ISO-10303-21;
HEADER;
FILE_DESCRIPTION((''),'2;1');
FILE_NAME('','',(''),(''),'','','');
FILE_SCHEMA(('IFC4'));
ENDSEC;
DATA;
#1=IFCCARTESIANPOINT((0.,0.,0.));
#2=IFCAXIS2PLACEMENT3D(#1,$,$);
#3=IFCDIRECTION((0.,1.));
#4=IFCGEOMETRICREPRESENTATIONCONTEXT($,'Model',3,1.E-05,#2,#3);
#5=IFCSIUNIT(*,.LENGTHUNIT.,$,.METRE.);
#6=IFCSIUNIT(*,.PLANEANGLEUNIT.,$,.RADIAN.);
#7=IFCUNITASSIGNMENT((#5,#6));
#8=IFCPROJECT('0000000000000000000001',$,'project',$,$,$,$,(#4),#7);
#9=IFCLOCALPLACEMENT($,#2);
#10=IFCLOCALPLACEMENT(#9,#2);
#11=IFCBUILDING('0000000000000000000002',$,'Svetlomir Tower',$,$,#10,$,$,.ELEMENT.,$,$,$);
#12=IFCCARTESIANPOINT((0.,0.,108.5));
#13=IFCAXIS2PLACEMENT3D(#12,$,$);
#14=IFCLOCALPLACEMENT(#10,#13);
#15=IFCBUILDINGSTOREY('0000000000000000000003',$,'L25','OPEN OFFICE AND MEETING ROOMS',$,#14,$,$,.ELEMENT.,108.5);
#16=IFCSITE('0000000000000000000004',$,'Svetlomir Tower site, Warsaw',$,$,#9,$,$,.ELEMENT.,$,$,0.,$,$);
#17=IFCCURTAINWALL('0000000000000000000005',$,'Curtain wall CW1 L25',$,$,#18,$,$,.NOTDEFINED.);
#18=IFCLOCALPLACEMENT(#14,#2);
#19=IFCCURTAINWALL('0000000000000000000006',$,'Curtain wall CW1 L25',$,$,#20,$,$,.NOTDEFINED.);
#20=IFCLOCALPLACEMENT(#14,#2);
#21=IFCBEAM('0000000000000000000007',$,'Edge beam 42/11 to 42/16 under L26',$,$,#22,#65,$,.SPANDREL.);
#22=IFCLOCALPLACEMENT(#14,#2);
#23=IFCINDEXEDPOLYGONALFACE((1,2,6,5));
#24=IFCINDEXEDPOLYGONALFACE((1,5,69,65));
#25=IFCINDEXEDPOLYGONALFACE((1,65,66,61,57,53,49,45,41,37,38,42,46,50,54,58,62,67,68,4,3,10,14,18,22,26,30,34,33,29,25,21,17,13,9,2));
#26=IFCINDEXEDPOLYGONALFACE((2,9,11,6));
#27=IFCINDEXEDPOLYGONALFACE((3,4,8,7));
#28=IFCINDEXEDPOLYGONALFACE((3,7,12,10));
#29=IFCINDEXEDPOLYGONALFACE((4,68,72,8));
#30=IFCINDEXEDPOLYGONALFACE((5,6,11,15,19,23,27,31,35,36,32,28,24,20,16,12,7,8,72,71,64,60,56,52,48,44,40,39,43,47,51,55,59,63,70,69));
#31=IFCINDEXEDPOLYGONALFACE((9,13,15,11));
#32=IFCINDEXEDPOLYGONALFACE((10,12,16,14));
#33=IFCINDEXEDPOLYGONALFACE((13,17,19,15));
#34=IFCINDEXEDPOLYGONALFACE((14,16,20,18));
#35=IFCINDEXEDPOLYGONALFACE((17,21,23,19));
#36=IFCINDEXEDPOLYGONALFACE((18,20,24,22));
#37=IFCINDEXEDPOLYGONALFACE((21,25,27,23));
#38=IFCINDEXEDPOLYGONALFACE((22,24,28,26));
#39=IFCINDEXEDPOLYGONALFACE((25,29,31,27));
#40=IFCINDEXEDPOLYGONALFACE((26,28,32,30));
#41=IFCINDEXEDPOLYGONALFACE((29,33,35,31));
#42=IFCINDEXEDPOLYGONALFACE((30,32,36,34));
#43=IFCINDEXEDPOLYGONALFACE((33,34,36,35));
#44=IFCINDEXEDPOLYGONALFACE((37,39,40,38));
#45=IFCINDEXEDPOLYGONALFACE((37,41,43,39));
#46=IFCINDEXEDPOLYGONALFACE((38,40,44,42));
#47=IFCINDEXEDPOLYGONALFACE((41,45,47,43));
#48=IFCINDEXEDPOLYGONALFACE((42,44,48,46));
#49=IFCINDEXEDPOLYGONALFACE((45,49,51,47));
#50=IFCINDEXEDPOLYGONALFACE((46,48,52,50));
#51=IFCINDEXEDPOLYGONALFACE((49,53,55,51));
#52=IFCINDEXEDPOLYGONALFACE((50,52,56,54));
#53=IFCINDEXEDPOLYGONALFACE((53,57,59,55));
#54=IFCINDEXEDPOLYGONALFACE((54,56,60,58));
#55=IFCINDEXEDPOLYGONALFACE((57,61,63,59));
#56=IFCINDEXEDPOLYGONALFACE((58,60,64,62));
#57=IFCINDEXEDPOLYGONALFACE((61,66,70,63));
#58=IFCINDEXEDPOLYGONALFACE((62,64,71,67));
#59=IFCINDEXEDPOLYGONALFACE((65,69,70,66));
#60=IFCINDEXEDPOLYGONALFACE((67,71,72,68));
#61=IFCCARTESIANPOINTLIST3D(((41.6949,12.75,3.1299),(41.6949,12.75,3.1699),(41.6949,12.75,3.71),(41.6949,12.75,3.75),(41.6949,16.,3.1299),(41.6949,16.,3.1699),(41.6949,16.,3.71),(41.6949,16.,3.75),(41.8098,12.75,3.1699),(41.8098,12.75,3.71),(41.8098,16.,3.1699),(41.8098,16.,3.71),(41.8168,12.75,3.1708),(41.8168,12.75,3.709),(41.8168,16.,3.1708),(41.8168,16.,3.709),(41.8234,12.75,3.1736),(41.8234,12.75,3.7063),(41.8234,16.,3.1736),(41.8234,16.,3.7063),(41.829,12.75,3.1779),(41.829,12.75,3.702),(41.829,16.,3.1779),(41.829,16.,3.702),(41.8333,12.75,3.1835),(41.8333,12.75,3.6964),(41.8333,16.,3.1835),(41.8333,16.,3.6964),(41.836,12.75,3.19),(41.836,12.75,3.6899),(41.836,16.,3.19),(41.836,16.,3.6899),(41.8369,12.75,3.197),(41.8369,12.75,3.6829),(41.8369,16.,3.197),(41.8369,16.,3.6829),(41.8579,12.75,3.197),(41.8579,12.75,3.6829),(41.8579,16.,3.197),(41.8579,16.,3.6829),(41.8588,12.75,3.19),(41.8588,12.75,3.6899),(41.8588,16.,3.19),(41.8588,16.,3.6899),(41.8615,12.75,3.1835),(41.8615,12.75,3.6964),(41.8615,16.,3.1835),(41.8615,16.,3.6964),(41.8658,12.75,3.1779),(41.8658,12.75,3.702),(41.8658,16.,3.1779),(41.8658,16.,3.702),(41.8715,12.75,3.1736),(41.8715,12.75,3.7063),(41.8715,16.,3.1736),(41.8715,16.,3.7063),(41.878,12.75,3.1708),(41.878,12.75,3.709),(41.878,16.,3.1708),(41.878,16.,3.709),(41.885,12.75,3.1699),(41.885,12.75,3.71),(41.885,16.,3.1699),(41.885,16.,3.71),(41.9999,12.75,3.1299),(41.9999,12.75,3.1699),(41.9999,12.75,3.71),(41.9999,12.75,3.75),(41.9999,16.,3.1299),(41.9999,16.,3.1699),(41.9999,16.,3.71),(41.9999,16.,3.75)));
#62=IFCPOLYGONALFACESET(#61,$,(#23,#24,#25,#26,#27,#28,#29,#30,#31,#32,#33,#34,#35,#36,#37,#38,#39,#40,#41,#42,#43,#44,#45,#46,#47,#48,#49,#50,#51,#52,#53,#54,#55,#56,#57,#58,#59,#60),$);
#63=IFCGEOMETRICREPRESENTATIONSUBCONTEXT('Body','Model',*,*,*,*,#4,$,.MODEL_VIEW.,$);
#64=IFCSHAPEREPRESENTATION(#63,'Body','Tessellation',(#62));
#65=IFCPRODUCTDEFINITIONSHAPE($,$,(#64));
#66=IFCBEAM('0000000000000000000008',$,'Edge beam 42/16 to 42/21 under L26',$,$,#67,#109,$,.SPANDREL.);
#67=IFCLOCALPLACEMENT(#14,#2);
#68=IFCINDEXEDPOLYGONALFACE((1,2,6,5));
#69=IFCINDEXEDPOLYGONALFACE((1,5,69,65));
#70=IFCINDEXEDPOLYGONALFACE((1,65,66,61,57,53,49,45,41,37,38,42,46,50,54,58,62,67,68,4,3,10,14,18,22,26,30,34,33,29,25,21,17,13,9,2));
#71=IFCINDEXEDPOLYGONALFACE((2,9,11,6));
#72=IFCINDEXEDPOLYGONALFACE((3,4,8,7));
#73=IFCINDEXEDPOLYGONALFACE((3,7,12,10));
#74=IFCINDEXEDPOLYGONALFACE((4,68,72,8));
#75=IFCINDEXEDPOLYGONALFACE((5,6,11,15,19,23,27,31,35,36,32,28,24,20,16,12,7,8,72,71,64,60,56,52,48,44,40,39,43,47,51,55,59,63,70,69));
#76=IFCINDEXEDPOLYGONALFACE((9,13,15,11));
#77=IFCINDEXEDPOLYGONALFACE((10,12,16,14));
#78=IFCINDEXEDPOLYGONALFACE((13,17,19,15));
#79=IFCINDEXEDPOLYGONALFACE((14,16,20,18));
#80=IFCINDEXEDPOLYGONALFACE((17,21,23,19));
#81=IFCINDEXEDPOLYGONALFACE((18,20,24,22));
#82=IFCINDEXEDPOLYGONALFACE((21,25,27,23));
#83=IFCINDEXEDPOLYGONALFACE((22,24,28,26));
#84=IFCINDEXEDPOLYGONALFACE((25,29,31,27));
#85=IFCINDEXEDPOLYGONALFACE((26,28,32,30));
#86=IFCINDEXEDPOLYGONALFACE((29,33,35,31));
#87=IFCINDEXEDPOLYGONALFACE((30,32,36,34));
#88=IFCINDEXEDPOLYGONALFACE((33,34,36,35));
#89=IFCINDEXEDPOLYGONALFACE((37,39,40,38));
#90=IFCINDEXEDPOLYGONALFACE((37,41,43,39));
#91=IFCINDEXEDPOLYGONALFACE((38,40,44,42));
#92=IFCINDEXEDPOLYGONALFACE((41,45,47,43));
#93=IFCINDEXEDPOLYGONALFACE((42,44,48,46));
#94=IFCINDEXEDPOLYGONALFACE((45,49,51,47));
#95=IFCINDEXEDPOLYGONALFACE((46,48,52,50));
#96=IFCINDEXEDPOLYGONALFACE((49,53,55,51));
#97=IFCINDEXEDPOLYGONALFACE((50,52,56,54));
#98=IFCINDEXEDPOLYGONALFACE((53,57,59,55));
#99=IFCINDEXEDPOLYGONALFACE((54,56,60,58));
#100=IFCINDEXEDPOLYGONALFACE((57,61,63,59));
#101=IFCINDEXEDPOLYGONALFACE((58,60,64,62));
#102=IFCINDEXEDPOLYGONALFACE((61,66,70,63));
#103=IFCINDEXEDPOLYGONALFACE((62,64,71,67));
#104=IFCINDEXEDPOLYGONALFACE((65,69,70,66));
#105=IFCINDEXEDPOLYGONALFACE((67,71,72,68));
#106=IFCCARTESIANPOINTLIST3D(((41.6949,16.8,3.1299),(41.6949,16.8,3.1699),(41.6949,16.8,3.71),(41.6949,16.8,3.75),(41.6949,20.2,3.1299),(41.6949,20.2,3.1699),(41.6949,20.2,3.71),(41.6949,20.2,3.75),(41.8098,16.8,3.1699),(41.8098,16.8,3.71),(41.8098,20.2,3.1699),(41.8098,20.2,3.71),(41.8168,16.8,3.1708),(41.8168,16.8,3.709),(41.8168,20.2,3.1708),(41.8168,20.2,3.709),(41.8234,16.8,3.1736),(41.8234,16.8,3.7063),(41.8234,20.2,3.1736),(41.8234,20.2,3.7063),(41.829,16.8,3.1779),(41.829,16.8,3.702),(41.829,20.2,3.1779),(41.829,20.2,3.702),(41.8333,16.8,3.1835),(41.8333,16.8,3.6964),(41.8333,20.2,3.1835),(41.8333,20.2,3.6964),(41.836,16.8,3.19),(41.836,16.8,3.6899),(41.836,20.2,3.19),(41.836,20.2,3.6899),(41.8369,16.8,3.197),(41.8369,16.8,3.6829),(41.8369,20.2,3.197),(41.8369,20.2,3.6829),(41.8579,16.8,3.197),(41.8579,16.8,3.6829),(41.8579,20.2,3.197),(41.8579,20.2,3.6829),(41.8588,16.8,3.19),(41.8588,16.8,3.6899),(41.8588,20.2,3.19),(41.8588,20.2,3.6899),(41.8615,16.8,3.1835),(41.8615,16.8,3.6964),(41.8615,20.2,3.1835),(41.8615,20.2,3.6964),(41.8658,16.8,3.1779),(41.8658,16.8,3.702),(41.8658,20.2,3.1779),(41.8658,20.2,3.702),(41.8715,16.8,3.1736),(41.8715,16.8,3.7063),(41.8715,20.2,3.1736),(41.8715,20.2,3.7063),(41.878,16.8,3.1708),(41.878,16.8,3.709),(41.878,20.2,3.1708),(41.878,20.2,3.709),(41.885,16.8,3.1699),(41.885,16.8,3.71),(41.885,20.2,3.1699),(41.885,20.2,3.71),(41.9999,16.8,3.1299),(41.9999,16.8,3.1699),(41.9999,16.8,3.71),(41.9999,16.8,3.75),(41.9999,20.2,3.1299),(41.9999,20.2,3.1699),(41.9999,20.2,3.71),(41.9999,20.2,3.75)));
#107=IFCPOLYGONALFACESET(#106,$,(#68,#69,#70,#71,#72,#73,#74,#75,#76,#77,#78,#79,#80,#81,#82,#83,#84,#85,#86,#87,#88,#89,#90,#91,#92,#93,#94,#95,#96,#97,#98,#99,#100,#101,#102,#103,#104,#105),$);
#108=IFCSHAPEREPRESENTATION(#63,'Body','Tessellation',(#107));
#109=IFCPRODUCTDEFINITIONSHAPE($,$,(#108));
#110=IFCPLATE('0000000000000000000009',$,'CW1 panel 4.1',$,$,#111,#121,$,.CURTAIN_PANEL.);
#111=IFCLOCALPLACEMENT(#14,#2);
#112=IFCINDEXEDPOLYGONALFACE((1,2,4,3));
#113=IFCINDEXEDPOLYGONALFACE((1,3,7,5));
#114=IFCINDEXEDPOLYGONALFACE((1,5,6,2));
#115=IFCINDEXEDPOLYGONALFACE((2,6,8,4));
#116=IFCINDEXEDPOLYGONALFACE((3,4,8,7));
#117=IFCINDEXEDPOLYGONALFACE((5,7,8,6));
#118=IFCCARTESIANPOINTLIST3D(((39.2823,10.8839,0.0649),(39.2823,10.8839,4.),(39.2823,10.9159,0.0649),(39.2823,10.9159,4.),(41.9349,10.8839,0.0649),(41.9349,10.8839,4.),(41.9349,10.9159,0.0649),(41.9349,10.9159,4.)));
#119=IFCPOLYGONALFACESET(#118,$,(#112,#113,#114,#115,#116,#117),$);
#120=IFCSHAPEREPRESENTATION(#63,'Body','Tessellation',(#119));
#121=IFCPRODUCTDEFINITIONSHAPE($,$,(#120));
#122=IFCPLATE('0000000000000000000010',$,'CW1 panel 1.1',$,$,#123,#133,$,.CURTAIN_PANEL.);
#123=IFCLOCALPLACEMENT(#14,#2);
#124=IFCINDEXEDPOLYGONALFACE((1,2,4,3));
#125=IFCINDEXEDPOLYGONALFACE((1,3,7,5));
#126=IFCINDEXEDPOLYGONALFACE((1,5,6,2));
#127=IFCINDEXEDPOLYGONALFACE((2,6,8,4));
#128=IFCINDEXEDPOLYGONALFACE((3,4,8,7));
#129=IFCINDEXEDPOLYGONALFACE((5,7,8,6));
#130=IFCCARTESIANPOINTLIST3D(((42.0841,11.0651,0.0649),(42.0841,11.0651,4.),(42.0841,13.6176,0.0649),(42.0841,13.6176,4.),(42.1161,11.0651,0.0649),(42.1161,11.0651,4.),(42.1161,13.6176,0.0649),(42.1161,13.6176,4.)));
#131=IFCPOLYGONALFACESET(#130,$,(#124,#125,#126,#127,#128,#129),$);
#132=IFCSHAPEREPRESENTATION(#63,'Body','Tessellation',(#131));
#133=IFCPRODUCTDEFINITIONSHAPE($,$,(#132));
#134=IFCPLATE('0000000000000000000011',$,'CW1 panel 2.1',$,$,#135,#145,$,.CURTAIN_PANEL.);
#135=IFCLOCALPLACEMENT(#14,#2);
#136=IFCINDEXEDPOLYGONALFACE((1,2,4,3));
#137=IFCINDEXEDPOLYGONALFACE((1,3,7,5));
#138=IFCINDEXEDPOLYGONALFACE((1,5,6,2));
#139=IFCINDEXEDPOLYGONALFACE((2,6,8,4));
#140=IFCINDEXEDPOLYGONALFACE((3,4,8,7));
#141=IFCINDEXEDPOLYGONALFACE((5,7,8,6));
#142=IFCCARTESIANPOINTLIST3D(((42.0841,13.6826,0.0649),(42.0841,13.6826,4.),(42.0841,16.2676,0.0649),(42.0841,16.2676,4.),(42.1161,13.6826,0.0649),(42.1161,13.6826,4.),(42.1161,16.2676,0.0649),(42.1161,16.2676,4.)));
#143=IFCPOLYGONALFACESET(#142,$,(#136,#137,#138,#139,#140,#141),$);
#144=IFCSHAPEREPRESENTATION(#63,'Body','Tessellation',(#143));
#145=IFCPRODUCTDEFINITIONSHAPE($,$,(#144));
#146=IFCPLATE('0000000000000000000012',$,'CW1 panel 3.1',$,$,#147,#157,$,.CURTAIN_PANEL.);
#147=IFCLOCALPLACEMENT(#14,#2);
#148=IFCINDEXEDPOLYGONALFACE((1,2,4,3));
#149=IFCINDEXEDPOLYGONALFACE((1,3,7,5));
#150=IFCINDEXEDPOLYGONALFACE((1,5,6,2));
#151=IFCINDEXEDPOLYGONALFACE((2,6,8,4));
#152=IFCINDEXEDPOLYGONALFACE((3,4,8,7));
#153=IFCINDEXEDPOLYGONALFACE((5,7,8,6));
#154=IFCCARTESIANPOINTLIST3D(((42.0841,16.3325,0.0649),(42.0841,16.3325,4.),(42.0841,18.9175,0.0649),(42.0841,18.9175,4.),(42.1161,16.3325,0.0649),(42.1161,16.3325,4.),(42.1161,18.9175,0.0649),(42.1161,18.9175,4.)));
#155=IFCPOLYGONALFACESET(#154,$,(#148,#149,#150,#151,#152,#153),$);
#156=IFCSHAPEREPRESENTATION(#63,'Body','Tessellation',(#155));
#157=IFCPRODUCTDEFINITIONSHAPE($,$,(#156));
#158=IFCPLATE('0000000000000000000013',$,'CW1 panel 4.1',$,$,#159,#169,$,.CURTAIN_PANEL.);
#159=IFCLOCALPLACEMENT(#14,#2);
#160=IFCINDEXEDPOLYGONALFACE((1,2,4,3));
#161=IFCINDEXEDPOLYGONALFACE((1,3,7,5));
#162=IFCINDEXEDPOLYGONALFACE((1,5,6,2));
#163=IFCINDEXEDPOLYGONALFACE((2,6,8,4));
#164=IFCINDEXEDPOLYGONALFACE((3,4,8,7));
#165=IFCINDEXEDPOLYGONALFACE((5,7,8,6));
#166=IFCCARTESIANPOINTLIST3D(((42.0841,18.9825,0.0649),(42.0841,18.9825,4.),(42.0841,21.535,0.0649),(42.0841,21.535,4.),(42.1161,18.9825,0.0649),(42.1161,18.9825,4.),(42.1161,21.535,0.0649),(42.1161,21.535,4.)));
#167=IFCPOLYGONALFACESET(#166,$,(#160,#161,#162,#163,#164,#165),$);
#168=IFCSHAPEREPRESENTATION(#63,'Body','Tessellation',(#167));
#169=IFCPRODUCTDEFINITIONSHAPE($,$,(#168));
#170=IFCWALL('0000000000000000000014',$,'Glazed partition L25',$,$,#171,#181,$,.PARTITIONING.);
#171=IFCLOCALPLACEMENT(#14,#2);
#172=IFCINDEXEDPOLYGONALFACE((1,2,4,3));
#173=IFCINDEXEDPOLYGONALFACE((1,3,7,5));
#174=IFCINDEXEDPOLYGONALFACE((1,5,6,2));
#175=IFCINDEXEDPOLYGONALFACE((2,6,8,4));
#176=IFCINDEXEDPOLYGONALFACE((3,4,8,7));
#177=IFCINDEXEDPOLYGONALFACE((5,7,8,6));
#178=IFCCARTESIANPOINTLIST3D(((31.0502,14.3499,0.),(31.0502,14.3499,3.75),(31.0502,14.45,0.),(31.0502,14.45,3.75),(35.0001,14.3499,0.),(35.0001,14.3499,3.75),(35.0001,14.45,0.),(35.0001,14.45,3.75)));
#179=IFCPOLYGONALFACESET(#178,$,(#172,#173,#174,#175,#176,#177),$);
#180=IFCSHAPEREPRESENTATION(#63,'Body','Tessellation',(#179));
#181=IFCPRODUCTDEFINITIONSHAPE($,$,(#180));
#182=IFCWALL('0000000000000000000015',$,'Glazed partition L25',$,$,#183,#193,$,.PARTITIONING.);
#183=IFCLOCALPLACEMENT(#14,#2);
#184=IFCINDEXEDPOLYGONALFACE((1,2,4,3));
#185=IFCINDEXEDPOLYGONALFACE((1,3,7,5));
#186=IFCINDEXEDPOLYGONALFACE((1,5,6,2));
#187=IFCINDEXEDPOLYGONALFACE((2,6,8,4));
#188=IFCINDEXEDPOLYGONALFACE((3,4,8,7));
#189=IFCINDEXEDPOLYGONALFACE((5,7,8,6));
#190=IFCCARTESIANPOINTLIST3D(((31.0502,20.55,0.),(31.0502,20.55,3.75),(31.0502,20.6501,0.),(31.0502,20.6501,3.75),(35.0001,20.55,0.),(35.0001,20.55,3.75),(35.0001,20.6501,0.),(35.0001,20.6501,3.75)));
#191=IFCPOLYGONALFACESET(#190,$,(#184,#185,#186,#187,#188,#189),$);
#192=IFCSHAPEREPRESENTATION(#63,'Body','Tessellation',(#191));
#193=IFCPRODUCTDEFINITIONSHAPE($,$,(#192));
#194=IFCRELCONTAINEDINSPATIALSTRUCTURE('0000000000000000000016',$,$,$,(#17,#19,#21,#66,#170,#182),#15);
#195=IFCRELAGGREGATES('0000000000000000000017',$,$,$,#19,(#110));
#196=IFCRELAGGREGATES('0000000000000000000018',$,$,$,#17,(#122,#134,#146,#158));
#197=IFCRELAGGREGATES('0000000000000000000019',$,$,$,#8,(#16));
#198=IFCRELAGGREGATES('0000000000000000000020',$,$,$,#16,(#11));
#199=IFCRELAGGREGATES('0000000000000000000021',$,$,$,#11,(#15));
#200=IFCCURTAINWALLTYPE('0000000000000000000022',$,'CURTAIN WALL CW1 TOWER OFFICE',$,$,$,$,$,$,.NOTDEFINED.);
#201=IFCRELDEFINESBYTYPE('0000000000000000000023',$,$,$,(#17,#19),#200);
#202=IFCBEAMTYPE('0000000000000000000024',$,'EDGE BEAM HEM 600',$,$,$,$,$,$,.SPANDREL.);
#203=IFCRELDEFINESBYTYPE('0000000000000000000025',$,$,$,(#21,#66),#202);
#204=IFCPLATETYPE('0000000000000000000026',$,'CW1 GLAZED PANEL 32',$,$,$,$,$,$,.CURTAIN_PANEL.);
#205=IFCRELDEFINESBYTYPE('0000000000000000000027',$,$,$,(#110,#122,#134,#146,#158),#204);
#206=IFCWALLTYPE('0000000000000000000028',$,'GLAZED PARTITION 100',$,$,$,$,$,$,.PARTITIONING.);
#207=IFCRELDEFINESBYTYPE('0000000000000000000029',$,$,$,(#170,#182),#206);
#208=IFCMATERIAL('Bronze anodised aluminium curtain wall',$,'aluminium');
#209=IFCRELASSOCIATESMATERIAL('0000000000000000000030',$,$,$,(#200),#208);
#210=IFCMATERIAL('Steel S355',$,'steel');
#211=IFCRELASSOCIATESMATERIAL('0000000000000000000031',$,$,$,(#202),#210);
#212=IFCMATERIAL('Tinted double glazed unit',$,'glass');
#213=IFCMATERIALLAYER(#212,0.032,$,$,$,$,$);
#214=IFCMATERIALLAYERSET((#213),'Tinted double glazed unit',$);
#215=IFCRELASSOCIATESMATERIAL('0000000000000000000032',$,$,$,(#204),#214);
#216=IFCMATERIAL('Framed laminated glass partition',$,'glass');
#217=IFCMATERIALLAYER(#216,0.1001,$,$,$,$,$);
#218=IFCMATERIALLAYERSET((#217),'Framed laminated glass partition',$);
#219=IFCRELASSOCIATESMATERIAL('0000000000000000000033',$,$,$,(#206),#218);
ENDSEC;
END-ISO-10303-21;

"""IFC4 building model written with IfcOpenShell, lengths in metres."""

from ifc_helpers import new_model, si_unit, direction, frame, frame_2d, origin, origin_2d, place, context, subcontext, project, spatial, rectangle, i_section, extrude, material, layer, layer_set, material_profile, profile_set, type_object, element, aggregate, save


model = new_model("IFC4")

# Units and contexts
model_context = context("Model", 3, precision=1e-05, world=origin(), true_north=direction((0.0, 1.0)))
body_context = subcontext(model_context, "Body", "Model", "MODEL_VIEW")
ifc_project = project(units=[si_unit("LENGTHUNIT", "METRE"), si_unit("PLANEANGLEUNIT", "RADIAN")], contexts=[model_context])

# Site, building, storey
site_placement = place(None, origin())
site = spatial("IfcSite", under=ifc_project, at=site_placement, Name="Svetlomir Tower site, Warsaw", CompositionType="ELEMENT", RefElevation=0.0)
building_placement = place(site_placement, origin())
building = spatial("IfcBuilding", under=site, at=building_placement, Name="Svetlomir Tower", CompositionType="ELEMENT")
storey_placement = place(building_placement, frame((0.0, 0.0, 108.5)))
storey = spatial("IfcBuildingStorey", under=building, at=storey_placement, Name="L25", Description="OPEN OFFICE AND MEETING ROOMS", CompositionType="ELEMENT", Elevation=108.5)

# Curtain wall
ifc_material_1 = material(Name="Bronze anodised aluminium curtain wall", Category="aluminium")
curtain_wall_type = type_object("IfcCurtainWallType", Name="CURTAIN WALL CW1 TOWER OFFICE", PredefinedType="NOTDEFINED", material=ifc_material_1)
curtain_wall_1_placement = place(storey_placement, origin())
curtain_wall_1 = element("IfcCurtainWall", 1, at=curtain_wall_1_placement, inside=storey, type_object=curtain_wall_type, Name="Curtain wall CW1 L25", PredefinedType="NOTDEFINED")

# Curtain wall
curtain_wall_2_placement = place(storey_placement, origin())
curtain_wall_2 = element("IfcCurtainWall", 2, at=curtain_wall_2_placement, inside=storey, type_object=curtain_wall_type, Name="Curtain wall CW1 L25", PredefinedType="NOTDEFINED")

# Beams
ifc_material_2 = material(Name="Steel S355", Category="steel")
ifc_material_profile_1 = material_profile(ifc_material_2, i_section(OverallWidth=0.3049, OverallDepth=0.6201, WebThickness=0.021, FlangeThickness=0.04, FilletRadius=0.0271, at=origin_2d()), Name="HEM 600")
ifc_profile_set_1 = profile_set([ifc_material_profile_1], Name="Steel S355")
beam_type = type_object("IfcBeamType", Name="EDGE BEAM HEM 600", PredefinedType="SPANDREL", material=ifc_profile_set_1)
beam_1_placement = place(storey_placement, frame((41.8474, 12.75, 3.4399), z_axis=(0.0, 1.0, 0.0), x_axis=(-1.0, 0.0, 0.0)))
element("IfcBeam", 3, at=beam_1_placement, inside=storey, type_object=beam_type, Name="Edge beam 42/11 to 42/16 under L26", PredefinedType="SPANDREL", context=body_context, shape_type="SweptSolid", body=[
    extrude(i_section(OverallWidth=0.3049, OverallDepth=0.6201, WebThickness=0.021, FlangeThickness=0.04, FilletRadius=0.0271, at=origin_2d()), origin(), (0.0, 0.0, 1.0), 3.25),
])
beam_2_placement = place(storey_placement, frame((41.8474, 16.8, 3.4399), z_axis=(0.0, 1.0, 0.0), x_axis=(-1.0, 0.0, 0.0)))
element("IfcBeam", 4, at=beam_2_placement, inside=storey, type_object=beam_type, Name="Edge beam 42/16 to 42/21 under L26", PredefinedType="SPANDREL", context=body_context, shape_type="SweptSolid", body=[
    extrude(i_section(OverallWidth=0.3049, OverallDepth=0.6201, WebThickness=0.021, FlangeThickness=0.04, FilletRadius=0.0271, at=origin_2d()), origin(), (0.0, 0.0, 1.0), 3.3999),
])

# Plates
ifc_material_3 = material(Name="Tinted double glazed unit", Category="glass")
ifc_layer_1 = layer(ifc_material_3, 0.032)
ifc_layer_set_1 = layer_set([ifc_layer_1], Name="Tinted double glazed unit")
plate_type = type_object("IfcPlateType", Name="CW1 GLAZED PANEL 32", PredefinedType="CURTAIN_PANEL", material=ifc_layer_set_1)
plate_1_placement = place(storey_placement, frame((40.6086, 10.8999, 0.0649), z_axis=(0.0, 0.0, 1.0), x_axis=(1.0, 0.0, 0.0)))
plate_1 = element("IfcPlate", 5, at=plate_1_placement, type_object=plate_type, Name="CW1 panel 4.1", PredefinedType="CURTAIN_PANEL", context=body_context, shape_type="SweptSolid", body=[
    extrude(rectangle(XDim=2.6526, YDim=0.032, at=origin_2d()), origin(), (0.0, 0.0, 1.0), 3.9351),
])
aggregate(curtain_wall_2, [plate_1])
plate_2_placement = place(storey_placement, frame((42.1001, 12.3413, 0.0649), z_axis=(0.0, 0.0, 1.0), x_axis=(0.0, 1.0, 0.0)))
plate_2 = element("IfcPlate", 6, at=plate_2_placement, type_object=plate_type, Name="CW1 panel 1.1", PredefinedType="CURTAIN_PANEL", context=body_context, shape_type="SweptSolid", body=[
    extrude(rectangle(XDim=2.5525, YDim=0.032, at=origin_2d()), origin(), (0.0, 0.0, 1.0), 3.9351),
])
plate_3_placement = place(storey_placement, frame((42.1001, 14.9751, 0.0649), z_axis=(0.0, 0.0, 1.0), x_axis=(0.0, 1.0, 0.0)))
plate_3 = element("IfcPlate", 7, at=plate_3_placement, type_object=plate_type, Name="CW1 panel 2.1", PredefinedType="CURTAIN_PANEL", context=body_context, shape_type="SweptSolid", body=[
    extrude(rectangle(XDim=2.585, YDim=0.032, at=origin_2d()), origin(), (0.0, 0.0, 1.0), 3.9351),
])
plate_4_placement = place(storey_placement, frame((42.1001, 17.625, 0.0649), z_axis=(0.0, 0.0, 1.0), x_axis=(0.0, 1.0, 0.0)))
plate_4 = element("IfcPlate", 8, at=plate_4_placement, type_object=plate_type, Name="CW1 panel 3.1", PredefinedType="CURTAIN_PANEL", context=body_context, shape_type="SweptSolid", body=[
    extrude(rectangle(XDim=2.585, YDim=0.032, at=origin_2d()), origin(), (0.0, 0.0, 1.0), 3.9351),
])
plate_5_placement = place(storey_placement, frame((42.1001, 20.2588, 0.0649), z_axis=(0.0, 0.0, 1.0), x_axis=(0.0, 1.0, 0.0)))
plate_5 = element("IfcPlate", 9, at=plate_5_placement, type_object=plate_type, Name="CW1 panel 4.1", PredefinedType="CURTAIN_PANEL", context=body_context, shape_type="SweptSolid", body=[
    extrude(rectangle(XDim=2.5525, YDim=0.032, at=origin_2d()), origin(), (0.0, 0.0, 1.0), 3.9351),
])
aggregate(curtain_wall_1, [plate_2, plate_3, plate_4, plate_5])

# Walls
ifc_material_4 = material(Name="Framed laminated glass partition", Category="glass")
ifc_layer_2 = layer(ifc_material_4, 0.1001)
ifc_layer_set_2 = layer_set([ifc_layer_2], Name="Framed laminated glass partition")
wall_type_1 = type_object("IfcWallType", Name="GLAZED PARTITION 100", PredefinedType="PARTITIONING", material=ifc_layer_set_2)
for number, where, z_axis, x_axis, name in (
    (10, (31.05, 14.3999, 0.0), (0.0, 0.0, 1.0), (1.0, 0.0, 0.0), "Glazed partition L25"),
    (11, (31.05, 20.6001, 0.0), (0.0, 0.0, 1.0), (1.0, 0.0, 0.0), "Glazed partition L25"),
):
    element("IfcWall", number, at=place(storey_placement, frame(where, z_axis=z_axis, x_axis=x_axis)), inside=storey, type_object=wall_type_1, Name=name, PredefinedType="PARTITIONING", context=body_context, shape_type="SweptSolid", body=[
        extrude(rectangle(XDim=3.95, YDim=0.1001, at=frame_2d((1.9751, 0.0))), origin(), (0.0, 0.0, 1.0), 3.75),
    ])

save(model, "model.ifc")
